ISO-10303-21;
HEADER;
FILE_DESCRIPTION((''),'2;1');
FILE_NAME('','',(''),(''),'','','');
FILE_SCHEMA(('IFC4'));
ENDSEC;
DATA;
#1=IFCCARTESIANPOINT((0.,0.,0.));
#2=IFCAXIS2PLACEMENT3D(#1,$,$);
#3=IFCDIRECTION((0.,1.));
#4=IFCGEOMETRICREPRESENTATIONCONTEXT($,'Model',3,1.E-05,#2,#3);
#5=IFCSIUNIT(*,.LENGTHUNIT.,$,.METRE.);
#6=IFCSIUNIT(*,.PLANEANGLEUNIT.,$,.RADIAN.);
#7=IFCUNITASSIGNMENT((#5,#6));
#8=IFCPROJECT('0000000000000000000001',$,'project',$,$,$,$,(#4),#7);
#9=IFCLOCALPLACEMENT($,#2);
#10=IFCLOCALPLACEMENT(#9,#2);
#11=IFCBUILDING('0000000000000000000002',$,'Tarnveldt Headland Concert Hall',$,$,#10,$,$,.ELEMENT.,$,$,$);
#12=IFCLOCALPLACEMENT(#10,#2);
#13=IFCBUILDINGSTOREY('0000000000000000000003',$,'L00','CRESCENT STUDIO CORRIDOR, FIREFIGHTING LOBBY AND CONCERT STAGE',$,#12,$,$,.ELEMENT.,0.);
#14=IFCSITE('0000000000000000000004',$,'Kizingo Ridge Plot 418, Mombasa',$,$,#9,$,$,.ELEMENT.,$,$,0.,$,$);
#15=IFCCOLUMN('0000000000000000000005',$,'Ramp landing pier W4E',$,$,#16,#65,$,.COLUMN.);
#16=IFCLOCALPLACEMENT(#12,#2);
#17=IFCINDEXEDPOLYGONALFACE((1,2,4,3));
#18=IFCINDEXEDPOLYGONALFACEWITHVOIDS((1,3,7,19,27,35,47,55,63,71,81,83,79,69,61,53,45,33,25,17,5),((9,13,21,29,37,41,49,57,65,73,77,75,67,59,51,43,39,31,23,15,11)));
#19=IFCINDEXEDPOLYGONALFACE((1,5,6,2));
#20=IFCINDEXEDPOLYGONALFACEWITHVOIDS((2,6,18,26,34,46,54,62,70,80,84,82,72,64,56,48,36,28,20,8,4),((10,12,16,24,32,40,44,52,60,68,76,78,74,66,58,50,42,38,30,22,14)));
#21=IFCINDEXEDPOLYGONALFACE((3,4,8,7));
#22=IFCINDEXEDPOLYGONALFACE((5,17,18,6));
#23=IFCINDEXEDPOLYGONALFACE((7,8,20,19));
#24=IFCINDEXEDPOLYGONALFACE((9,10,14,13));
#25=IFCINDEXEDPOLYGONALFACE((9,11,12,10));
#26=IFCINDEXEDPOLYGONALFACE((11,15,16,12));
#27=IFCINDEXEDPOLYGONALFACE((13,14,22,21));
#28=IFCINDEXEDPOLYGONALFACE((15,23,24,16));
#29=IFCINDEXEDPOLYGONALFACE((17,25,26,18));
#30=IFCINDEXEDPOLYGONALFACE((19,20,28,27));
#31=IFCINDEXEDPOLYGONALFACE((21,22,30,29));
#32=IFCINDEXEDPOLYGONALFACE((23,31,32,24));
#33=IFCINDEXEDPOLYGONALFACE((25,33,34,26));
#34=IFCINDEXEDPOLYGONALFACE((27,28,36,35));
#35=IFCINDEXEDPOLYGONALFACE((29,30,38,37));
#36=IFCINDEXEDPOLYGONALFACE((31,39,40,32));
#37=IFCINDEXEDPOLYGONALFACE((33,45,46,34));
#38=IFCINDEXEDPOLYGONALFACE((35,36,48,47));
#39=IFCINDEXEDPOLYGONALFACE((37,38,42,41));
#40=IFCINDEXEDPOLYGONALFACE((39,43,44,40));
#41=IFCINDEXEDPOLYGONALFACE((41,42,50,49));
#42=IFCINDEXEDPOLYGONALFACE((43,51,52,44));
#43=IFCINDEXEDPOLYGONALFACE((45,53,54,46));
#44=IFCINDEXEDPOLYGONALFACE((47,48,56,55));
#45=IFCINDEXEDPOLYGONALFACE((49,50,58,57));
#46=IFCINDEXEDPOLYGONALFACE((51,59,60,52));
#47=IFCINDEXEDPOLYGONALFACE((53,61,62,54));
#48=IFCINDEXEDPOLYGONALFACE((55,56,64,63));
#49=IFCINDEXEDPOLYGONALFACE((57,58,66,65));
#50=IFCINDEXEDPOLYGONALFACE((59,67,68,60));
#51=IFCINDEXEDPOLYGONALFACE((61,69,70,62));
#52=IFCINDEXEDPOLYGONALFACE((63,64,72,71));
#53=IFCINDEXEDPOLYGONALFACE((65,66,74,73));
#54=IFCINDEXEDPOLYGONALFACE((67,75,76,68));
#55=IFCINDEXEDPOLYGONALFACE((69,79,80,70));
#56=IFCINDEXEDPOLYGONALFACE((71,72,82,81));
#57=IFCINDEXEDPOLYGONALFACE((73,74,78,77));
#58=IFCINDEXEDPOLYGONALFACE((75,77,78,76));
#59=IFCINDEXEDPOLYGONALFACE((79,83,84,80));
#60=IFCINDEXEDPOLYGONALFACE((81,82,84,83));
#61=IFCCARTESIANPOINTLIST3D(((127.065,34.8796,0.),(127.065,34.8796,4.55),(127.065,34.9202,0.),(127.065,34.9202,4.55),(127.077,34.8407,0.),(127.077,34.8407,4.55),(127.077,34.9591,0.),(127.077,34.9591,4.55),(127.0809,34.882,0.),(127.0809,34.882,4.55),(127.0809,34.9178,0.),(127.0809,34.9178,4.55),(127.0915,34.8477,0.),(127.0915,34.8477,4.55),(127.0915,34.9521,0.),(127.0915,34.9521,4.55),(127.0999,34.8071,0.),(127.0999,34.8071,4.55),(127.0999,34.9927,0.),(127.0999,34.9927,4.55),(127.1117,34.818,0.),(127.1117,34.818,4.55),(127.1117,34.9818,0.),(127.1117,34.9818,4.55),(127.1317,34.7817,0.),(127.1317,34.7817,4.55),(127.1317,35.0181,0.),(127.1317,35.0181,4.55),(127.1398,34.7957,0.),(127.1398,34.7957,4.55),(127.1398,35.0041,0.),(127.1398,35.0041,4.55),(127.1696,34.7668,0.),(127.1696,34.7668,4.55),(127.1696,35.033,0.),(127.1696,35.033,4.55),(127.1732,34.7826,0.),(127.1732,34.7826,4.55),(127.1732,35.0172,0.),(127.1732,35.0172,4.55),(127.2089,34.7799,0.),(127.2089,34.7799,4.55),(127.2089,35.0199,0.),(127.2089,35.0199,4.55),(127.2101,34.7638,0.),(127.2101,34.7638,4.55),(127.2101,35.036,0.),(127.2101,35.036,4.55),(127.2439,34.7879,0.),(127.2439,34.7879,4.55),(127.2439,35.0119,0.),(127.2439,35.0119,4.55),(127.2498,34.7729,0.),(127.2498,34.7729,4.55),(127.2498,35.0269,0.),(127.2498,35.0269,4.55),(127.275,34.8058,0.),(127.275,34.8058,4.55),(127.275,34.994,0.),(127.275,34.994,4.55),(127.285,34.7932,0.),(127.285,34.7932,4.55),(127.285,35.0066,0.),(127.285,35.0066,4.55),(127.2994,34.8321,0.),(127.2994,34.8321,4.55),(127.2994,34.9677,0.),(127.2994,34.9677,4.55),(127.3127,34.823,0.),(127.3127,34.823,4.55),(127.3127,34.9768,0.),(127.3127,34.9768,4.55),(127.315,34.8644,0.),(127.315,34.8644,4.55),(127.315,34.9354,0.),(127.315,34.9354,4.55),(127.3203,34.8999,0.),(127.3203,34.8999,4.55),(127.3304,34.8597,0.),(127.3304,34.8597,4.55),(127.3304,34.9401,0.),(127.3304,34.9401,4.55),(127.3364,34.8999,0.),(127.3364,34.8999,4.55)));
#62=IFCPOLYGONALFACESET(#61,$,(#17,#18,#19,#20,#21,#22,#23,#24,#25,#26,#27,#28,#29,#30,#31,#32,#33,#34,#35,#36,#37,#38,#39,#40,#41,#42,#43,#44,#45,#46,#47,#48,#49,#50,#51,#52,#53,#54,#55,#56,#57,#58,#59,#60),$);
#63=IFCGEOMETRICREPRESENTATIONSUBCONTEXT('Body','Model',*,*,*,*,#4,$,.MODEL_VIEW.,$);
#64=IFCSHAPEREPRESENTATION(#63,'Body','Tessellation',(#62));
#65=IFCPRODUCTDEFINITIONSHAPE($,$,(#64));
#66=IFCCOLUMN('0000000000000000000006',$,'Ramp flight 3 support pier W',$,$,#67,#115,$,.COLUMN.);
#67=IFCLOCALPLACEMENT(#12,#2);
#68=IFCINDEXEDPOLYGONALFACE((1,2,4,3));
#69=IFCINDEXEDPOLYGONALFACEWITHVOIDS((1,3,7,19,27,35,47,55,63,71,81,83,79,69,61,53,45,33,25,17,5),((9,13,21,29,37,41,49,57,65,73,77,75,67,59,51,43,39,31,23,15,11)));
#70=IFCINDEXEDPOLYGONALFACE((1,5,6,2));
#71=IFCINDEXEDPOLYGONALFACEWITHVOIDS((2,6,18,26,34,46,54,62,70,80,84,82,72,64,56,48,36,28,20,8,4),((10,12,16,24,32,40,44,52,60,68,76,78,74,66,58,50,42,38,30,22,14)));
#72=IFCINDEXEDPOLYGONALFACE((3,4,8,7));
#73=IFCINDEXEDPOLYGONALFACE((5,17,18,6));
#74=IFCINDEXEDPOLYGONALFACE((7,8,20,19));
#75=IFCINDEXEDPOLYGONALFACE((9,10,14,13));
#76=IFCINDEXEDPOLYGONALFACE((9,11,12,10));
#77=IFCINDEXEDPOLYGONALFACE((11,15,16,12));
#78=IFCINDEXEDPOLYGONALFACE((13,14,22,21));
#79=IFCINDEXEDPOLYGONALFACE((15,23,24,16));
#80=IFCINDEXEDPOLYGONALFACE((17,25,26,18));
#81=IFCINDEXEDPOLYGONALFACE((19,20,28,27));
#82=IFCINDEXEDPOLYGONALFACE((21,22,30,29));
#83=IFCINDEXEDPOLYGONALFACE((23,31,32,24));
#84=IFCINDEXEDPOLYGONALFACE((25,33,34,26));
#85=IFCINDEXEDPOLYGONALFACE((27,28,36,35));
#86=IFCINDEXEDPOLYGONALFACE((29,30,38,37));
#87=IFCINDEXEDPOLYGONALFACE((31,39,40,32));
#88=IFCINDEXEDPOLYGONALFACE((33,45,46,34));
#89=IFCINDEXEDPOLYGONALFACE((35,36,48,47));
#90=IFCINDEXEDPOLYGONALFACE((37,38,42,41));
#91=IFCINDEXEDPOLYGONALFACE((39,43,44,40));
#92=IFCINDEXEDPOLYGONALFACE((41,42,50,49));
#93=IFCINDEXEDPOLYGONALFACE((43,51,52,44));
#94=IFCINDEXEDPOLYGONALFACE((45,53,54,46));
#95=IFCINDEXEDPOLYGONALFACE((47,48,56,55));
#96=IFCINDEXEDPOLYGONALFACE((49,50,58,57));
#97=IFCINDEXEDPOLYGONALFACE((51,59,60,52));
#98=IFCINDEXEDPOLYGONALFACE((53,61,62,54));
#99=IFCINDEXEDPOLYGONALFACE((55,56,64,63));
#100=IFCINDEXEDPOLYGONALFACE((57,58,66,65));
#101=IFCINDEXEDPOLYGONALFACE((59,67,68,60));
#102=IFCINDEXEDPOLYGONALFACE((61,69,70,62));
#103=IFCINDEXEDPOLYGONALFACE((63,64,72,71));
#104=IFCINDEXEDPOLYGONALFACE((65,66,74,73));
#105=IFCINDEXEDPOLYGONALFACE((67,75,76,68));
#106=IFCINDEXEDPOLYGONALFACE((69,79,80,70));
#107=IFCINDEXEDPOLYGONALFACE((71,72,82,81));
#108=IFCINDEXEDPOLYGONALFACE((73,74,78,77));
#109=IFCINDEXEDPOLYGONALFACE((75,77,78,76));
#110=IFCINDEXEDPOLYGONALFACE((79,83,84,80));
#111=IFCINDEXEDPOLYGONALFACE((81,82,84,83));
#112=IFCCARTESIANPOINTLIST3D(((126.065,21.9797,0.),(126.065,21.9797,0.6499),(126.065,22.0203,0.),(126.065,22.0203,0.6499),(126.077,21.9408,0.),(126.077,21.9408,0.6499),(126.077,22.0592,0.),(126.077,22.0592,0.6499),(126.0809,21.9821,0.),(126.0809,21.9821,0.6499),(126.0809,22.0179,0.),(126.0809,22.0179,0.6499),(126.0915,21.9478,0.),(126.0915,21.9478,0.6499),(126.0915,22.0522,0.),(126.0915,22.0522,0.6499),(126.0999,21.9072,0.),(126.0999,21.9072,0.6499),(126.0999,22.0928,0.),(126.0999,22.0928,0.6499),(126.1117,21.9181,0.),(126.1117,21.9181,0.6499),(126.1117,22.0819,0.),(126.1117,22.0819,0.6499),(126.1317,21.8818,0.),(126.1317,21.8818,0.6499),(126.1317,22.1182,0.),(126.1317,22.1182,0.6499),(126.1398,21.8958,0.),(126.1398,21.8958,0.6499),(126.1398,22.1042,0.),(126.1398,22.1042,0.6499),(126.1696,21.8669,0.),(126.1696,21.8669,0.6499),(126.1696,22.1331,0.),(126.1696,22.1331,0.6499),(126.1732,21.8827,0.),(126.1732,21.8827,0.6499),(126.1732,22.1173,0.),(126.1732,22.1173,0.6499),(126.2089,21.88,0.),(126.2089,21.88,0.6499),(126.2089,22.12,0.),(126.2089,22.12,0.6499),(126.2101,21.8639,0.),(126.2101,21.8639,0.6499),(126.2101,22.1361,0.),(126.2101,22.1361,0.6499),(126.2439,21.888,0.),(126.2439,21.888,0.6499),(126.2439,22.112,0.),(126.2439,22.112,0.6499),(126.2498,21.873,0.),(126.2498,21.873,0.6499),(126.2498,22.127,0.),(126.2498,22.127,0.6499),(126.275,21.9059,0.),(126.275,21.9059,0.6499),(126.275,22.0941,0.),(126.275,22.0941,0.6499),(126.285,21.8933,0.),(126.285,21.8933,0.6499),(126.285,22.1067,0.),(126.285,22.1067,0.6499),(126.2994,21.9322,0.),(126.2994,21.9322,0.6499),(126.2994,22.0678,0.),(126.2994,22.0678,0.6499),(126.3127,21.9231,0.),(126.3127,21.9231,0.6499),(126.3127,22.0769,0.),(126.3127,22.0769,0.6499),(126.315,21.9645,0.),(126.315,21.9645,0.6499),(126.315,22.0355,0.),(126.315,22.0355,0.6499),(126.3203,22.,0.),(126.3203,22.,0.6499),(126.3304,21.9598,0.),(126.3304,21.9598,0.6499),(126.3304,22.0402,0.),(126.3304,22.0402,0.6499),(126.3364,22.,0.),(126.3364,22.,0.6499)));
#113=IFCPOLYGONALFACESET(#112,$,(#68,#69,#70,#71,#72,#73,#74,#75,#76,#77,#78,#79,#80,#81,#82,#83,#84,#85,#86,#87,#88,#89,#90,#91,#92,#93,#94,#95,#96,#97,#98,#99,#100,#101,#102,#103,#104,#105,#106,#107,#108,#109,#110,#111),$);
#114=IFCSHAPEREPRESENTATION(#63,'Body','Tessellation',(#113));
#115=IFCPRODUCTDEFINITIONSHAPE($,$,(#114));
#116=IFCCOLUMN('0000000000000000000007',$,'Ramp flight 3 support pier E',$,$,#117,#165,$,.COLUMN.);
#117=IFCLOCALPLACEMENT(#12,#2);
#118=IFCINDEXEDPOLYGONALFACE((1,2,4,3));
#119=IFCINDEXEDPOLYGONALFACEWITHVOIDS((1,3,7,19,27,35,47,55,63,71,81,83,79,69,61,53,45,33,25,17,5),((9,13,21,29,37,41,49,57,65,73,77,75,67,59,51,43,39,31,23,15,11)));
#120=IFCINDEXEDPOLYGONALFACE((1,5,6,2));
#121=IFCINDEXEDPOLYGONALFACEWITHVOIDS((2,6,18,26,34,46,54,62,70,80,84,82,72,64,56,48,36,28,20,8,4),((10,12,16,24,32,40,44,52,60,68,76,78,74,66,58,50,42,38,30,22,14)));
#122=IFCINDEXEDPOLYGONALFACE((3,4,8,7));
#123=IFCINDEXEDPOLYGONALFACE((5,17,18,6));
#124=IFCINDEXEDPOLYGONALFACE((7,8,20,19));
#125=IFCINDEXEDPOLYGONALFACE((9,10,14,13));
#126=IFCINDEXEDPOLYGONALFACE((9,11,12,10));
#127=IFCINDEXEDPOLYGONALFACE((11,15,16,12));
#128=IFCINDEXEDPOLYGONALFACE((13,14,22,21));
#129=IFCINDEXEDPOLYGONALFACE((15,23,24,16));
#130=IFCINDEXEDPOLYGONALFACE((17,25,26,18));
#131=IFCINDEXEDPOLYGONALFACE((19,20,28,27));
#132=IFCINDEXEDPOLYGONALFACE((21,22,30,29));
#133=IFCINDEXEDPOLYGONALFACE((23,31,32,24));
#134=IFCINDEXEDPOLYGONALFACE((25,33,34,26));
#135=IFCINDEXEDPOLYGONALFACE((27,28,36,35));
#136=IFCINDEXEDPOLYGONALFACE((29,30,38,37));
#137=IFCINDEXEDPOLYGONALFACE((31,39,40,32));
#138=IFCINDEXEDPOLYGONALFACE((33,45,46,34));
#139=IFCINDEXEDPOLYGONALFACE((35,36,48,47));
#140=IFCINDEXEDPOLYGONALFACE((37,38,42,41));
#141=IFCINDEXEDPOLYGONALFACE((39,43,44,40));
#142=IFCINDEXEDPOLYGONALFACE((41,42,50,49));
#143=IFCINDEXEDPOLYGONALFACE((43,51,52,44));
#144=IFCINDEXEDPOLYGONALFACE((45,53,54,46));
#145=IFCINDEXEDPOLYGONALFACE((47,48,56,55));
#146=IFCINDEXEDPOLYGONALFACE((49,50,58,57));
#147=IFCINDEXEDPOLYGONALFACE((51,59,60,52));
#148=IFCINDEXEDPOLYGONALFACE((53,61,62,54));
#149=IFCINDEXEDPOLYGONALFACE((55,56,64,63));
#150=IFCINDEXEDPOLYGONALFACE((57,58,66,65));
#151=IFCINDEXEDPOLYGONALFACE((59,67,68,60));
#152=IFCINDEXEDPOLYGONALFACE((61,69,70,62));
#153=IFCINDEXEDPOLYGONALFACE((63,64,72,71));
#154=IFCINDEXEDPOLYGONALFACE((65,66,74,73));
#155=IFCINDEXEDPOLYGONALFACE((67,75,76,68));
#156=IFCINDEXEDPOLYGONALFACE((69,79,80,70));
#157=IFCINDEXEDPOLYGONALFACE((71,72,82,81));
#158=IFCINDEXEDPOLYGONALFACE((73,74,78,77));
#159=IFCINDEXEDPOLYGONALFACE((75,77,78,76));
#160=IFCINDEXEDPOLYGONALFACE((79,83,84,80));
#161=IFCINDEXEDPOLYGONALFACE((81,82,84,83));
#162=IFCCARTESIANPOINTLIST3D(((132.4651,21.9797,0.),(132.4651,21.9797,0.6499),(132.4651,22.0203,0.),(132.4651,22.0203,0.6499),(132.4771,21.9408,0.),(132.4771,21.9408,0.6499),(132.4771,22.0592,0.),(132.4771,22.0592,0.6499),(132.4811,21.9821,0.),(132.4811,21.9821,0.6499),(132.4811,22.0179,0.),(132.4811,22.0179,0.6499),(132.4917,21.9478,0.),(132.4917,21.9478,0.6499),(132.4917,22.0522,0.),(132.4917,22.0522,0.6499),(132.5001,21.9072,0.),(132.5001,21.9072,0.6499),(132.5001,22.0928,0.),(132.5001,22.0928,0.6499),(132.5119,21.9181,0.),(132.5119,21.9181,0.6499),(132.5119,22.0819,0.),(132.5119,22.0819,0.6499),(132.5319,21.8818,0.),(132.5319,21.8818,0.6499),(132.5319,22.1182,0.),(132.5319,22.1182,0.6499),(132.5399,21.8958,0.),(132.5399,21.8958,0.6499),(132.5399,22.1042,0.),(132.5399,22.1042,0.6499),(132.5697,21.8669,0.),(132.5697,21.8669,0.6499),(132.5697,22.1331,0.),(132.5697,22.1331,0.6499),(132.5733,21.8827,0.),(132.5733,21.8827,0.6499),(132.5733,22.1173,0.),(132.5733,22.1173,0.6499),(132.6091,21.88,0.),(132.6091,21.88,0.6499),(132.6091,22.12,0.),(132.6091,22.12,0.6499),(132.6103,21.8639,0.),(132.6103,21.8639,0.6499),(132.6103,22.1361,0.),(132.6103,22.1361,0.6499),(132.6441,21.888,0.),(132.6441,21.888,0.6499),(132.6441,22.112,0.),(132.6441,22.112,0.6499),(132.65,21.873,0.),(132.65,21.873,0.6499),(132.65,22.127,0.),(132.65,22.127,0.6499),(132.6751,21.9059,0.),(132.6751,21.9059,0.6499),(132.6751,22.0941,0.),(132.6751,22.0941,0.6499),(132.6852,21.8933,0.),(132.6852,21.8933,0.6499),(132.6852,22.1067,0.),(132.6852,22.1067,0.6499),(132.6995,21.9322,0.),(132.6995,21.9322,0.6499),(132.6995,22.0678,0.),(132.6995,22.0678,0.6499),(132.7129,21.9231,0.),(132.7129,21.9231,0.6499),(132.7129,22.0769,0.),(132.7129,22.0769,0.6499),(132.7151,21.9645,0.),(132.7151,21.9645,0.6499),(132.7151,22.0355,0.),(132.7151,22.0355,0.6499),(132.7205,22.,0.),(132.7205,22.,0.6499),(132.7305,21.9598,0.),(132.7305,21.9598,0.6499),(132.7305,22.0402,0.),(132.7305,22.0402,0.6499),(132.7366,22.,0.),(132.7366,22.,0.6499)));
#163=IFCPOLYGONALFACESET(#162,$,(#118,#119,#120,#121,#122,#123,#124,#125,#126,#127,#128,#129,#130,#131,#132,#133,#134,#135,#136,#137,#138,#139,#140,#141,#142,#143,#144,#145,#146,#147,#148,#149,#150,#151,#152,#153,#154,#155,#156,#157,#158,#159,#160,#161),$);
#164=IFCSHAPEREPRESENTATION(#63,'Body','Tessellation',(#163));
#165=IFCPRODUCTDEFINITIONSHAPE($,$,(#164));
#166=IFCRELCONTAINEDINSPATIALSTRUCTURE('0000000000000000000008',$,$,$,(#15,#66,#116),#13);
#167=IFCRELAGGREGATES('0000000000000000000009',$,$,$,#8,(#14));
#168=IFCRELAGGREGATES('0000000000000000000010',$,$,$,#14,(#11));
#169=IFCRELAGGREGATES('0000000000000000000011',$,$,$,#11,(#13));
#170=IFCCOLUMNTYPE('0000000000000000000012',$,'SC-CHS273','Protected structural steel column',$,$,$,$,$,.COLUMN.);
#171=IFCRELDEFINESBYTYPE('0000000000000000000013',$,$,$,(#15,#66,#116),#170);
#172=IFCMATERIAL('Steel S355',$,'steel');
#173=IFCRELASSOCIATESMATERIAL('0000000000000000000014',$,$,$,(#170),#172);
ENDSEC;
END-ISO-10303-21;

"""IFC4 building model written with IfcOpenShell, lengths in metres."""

from ifc_helpers import new_model, si_unit, direction, frame, origin, origin_2d, place, context, subcontext, project, spatial, hollow_circle, extrude, material, material_profile, profile_set, type_object, element, save


model = new_model("IFC4")

# Units and contexts
model_context = context("Model", 3, precision=1e-05, world=origin(), true_north=direction((0.0, 1.0)))
body_context = subcontext(model_context, "Body", "Model", "MODEL_VIEW")
ifc_project = project(units=[si_unit("LENGTHUNIT", "METRE"), si_unit("PLANEANGLEUNIT", "RADIAN")], contexts=[model_context])

# Site, building, storey
site_placement = place(None, origin())
site = spatial("IfcSite", under=ifc_project, at=site_placement, Name="Kizingo Ridge Plot 418, Mombasa", CompositionType="ELEMENT", RefElevation=0.0)
building_placement = place(site_placement, origin())
building = spatial("IfcBuilding", under=site, at=building_placement, Name="Tarnveldt Headland Concert Hall", CompositionType="ELEMENT")
storey_placement = place(building_placement, origin())
storey = spatial("IfcBuildingStorey", under=building, at=storey_placement, Name="L00", Description="CRESCENT STUDIO CORRIDOR, FIREFIGHTING LOBBY AND CONCERT STAGE", CompositionType="ELEMENT", Elevation=0.0)

# Columns
ifc_material_1 = material(Name="Steel S355", Category="steel")
ifc_material_profile_1 = material_profile(ifc_material_1, hollow_circle(Radius=0.1365, WallThickness=0.0161, at=origin_2d()), Name="CHS 273x16", Category="steel")
ifc_profile_set_1 = profile_set([ifc_material_profile_1], Name="Steel S355")
column_type = type_object("IfcColumnType", Name="SC-CHS273", Description="Protected structural steel column", PredefinedType="COLUMN", material=ifc_profile_set_1)
column_1_placement = place(storey_placement, frame((127.2, 34.8999, 0.0), z_axis=(0.0, 0.0, 1.0), x_axis=(1.0, 0.0, 0.0)))
element("IfcColumn", 1, at=column_1_placement, inside=storey, type_object=column_type, Name="Ramp landing pier W4E", PredefinedType="COLUMN", context=body_context, shape_type="SweptSolid", body=[
    extrude(hollow_circle(Radius=0.1365, WallThickness=0.0161, at=origin_2d()), origin(), (0.0, 0.0, 1.0), 4.55),
])
for number, where, z_axis, x_axis, name in (
    (2, (126.2, 22.0, 0.0), (0.0, 0.0, 1.0), (1.0, 0.0, 0.0), "Ramp flight 3 support pier W"),
    (3, (132.6001, 22.0, 0.0), (0.0, 0.0, 1.0), (1.0, 0.0, 0.0), "Ramp flight 3 support pier E"),
):
    element("IfcColumn", number, at=place(storey_placement, frame(where, z_axis=z_axis, x_axis=x_axis)), inside=storey, type_object=column_type, Name=name, PredefinedType="COLUMN", context=body_context, shape_type="SweptSolid", body=[
        extrude(hollow_circle(Radius=0.1365, WallThickness=0.0161, at=origin_2d()), origin(), (0.0, 0.0, 1.0), 0.6499),
    ])

save(model, "model.ifc")
